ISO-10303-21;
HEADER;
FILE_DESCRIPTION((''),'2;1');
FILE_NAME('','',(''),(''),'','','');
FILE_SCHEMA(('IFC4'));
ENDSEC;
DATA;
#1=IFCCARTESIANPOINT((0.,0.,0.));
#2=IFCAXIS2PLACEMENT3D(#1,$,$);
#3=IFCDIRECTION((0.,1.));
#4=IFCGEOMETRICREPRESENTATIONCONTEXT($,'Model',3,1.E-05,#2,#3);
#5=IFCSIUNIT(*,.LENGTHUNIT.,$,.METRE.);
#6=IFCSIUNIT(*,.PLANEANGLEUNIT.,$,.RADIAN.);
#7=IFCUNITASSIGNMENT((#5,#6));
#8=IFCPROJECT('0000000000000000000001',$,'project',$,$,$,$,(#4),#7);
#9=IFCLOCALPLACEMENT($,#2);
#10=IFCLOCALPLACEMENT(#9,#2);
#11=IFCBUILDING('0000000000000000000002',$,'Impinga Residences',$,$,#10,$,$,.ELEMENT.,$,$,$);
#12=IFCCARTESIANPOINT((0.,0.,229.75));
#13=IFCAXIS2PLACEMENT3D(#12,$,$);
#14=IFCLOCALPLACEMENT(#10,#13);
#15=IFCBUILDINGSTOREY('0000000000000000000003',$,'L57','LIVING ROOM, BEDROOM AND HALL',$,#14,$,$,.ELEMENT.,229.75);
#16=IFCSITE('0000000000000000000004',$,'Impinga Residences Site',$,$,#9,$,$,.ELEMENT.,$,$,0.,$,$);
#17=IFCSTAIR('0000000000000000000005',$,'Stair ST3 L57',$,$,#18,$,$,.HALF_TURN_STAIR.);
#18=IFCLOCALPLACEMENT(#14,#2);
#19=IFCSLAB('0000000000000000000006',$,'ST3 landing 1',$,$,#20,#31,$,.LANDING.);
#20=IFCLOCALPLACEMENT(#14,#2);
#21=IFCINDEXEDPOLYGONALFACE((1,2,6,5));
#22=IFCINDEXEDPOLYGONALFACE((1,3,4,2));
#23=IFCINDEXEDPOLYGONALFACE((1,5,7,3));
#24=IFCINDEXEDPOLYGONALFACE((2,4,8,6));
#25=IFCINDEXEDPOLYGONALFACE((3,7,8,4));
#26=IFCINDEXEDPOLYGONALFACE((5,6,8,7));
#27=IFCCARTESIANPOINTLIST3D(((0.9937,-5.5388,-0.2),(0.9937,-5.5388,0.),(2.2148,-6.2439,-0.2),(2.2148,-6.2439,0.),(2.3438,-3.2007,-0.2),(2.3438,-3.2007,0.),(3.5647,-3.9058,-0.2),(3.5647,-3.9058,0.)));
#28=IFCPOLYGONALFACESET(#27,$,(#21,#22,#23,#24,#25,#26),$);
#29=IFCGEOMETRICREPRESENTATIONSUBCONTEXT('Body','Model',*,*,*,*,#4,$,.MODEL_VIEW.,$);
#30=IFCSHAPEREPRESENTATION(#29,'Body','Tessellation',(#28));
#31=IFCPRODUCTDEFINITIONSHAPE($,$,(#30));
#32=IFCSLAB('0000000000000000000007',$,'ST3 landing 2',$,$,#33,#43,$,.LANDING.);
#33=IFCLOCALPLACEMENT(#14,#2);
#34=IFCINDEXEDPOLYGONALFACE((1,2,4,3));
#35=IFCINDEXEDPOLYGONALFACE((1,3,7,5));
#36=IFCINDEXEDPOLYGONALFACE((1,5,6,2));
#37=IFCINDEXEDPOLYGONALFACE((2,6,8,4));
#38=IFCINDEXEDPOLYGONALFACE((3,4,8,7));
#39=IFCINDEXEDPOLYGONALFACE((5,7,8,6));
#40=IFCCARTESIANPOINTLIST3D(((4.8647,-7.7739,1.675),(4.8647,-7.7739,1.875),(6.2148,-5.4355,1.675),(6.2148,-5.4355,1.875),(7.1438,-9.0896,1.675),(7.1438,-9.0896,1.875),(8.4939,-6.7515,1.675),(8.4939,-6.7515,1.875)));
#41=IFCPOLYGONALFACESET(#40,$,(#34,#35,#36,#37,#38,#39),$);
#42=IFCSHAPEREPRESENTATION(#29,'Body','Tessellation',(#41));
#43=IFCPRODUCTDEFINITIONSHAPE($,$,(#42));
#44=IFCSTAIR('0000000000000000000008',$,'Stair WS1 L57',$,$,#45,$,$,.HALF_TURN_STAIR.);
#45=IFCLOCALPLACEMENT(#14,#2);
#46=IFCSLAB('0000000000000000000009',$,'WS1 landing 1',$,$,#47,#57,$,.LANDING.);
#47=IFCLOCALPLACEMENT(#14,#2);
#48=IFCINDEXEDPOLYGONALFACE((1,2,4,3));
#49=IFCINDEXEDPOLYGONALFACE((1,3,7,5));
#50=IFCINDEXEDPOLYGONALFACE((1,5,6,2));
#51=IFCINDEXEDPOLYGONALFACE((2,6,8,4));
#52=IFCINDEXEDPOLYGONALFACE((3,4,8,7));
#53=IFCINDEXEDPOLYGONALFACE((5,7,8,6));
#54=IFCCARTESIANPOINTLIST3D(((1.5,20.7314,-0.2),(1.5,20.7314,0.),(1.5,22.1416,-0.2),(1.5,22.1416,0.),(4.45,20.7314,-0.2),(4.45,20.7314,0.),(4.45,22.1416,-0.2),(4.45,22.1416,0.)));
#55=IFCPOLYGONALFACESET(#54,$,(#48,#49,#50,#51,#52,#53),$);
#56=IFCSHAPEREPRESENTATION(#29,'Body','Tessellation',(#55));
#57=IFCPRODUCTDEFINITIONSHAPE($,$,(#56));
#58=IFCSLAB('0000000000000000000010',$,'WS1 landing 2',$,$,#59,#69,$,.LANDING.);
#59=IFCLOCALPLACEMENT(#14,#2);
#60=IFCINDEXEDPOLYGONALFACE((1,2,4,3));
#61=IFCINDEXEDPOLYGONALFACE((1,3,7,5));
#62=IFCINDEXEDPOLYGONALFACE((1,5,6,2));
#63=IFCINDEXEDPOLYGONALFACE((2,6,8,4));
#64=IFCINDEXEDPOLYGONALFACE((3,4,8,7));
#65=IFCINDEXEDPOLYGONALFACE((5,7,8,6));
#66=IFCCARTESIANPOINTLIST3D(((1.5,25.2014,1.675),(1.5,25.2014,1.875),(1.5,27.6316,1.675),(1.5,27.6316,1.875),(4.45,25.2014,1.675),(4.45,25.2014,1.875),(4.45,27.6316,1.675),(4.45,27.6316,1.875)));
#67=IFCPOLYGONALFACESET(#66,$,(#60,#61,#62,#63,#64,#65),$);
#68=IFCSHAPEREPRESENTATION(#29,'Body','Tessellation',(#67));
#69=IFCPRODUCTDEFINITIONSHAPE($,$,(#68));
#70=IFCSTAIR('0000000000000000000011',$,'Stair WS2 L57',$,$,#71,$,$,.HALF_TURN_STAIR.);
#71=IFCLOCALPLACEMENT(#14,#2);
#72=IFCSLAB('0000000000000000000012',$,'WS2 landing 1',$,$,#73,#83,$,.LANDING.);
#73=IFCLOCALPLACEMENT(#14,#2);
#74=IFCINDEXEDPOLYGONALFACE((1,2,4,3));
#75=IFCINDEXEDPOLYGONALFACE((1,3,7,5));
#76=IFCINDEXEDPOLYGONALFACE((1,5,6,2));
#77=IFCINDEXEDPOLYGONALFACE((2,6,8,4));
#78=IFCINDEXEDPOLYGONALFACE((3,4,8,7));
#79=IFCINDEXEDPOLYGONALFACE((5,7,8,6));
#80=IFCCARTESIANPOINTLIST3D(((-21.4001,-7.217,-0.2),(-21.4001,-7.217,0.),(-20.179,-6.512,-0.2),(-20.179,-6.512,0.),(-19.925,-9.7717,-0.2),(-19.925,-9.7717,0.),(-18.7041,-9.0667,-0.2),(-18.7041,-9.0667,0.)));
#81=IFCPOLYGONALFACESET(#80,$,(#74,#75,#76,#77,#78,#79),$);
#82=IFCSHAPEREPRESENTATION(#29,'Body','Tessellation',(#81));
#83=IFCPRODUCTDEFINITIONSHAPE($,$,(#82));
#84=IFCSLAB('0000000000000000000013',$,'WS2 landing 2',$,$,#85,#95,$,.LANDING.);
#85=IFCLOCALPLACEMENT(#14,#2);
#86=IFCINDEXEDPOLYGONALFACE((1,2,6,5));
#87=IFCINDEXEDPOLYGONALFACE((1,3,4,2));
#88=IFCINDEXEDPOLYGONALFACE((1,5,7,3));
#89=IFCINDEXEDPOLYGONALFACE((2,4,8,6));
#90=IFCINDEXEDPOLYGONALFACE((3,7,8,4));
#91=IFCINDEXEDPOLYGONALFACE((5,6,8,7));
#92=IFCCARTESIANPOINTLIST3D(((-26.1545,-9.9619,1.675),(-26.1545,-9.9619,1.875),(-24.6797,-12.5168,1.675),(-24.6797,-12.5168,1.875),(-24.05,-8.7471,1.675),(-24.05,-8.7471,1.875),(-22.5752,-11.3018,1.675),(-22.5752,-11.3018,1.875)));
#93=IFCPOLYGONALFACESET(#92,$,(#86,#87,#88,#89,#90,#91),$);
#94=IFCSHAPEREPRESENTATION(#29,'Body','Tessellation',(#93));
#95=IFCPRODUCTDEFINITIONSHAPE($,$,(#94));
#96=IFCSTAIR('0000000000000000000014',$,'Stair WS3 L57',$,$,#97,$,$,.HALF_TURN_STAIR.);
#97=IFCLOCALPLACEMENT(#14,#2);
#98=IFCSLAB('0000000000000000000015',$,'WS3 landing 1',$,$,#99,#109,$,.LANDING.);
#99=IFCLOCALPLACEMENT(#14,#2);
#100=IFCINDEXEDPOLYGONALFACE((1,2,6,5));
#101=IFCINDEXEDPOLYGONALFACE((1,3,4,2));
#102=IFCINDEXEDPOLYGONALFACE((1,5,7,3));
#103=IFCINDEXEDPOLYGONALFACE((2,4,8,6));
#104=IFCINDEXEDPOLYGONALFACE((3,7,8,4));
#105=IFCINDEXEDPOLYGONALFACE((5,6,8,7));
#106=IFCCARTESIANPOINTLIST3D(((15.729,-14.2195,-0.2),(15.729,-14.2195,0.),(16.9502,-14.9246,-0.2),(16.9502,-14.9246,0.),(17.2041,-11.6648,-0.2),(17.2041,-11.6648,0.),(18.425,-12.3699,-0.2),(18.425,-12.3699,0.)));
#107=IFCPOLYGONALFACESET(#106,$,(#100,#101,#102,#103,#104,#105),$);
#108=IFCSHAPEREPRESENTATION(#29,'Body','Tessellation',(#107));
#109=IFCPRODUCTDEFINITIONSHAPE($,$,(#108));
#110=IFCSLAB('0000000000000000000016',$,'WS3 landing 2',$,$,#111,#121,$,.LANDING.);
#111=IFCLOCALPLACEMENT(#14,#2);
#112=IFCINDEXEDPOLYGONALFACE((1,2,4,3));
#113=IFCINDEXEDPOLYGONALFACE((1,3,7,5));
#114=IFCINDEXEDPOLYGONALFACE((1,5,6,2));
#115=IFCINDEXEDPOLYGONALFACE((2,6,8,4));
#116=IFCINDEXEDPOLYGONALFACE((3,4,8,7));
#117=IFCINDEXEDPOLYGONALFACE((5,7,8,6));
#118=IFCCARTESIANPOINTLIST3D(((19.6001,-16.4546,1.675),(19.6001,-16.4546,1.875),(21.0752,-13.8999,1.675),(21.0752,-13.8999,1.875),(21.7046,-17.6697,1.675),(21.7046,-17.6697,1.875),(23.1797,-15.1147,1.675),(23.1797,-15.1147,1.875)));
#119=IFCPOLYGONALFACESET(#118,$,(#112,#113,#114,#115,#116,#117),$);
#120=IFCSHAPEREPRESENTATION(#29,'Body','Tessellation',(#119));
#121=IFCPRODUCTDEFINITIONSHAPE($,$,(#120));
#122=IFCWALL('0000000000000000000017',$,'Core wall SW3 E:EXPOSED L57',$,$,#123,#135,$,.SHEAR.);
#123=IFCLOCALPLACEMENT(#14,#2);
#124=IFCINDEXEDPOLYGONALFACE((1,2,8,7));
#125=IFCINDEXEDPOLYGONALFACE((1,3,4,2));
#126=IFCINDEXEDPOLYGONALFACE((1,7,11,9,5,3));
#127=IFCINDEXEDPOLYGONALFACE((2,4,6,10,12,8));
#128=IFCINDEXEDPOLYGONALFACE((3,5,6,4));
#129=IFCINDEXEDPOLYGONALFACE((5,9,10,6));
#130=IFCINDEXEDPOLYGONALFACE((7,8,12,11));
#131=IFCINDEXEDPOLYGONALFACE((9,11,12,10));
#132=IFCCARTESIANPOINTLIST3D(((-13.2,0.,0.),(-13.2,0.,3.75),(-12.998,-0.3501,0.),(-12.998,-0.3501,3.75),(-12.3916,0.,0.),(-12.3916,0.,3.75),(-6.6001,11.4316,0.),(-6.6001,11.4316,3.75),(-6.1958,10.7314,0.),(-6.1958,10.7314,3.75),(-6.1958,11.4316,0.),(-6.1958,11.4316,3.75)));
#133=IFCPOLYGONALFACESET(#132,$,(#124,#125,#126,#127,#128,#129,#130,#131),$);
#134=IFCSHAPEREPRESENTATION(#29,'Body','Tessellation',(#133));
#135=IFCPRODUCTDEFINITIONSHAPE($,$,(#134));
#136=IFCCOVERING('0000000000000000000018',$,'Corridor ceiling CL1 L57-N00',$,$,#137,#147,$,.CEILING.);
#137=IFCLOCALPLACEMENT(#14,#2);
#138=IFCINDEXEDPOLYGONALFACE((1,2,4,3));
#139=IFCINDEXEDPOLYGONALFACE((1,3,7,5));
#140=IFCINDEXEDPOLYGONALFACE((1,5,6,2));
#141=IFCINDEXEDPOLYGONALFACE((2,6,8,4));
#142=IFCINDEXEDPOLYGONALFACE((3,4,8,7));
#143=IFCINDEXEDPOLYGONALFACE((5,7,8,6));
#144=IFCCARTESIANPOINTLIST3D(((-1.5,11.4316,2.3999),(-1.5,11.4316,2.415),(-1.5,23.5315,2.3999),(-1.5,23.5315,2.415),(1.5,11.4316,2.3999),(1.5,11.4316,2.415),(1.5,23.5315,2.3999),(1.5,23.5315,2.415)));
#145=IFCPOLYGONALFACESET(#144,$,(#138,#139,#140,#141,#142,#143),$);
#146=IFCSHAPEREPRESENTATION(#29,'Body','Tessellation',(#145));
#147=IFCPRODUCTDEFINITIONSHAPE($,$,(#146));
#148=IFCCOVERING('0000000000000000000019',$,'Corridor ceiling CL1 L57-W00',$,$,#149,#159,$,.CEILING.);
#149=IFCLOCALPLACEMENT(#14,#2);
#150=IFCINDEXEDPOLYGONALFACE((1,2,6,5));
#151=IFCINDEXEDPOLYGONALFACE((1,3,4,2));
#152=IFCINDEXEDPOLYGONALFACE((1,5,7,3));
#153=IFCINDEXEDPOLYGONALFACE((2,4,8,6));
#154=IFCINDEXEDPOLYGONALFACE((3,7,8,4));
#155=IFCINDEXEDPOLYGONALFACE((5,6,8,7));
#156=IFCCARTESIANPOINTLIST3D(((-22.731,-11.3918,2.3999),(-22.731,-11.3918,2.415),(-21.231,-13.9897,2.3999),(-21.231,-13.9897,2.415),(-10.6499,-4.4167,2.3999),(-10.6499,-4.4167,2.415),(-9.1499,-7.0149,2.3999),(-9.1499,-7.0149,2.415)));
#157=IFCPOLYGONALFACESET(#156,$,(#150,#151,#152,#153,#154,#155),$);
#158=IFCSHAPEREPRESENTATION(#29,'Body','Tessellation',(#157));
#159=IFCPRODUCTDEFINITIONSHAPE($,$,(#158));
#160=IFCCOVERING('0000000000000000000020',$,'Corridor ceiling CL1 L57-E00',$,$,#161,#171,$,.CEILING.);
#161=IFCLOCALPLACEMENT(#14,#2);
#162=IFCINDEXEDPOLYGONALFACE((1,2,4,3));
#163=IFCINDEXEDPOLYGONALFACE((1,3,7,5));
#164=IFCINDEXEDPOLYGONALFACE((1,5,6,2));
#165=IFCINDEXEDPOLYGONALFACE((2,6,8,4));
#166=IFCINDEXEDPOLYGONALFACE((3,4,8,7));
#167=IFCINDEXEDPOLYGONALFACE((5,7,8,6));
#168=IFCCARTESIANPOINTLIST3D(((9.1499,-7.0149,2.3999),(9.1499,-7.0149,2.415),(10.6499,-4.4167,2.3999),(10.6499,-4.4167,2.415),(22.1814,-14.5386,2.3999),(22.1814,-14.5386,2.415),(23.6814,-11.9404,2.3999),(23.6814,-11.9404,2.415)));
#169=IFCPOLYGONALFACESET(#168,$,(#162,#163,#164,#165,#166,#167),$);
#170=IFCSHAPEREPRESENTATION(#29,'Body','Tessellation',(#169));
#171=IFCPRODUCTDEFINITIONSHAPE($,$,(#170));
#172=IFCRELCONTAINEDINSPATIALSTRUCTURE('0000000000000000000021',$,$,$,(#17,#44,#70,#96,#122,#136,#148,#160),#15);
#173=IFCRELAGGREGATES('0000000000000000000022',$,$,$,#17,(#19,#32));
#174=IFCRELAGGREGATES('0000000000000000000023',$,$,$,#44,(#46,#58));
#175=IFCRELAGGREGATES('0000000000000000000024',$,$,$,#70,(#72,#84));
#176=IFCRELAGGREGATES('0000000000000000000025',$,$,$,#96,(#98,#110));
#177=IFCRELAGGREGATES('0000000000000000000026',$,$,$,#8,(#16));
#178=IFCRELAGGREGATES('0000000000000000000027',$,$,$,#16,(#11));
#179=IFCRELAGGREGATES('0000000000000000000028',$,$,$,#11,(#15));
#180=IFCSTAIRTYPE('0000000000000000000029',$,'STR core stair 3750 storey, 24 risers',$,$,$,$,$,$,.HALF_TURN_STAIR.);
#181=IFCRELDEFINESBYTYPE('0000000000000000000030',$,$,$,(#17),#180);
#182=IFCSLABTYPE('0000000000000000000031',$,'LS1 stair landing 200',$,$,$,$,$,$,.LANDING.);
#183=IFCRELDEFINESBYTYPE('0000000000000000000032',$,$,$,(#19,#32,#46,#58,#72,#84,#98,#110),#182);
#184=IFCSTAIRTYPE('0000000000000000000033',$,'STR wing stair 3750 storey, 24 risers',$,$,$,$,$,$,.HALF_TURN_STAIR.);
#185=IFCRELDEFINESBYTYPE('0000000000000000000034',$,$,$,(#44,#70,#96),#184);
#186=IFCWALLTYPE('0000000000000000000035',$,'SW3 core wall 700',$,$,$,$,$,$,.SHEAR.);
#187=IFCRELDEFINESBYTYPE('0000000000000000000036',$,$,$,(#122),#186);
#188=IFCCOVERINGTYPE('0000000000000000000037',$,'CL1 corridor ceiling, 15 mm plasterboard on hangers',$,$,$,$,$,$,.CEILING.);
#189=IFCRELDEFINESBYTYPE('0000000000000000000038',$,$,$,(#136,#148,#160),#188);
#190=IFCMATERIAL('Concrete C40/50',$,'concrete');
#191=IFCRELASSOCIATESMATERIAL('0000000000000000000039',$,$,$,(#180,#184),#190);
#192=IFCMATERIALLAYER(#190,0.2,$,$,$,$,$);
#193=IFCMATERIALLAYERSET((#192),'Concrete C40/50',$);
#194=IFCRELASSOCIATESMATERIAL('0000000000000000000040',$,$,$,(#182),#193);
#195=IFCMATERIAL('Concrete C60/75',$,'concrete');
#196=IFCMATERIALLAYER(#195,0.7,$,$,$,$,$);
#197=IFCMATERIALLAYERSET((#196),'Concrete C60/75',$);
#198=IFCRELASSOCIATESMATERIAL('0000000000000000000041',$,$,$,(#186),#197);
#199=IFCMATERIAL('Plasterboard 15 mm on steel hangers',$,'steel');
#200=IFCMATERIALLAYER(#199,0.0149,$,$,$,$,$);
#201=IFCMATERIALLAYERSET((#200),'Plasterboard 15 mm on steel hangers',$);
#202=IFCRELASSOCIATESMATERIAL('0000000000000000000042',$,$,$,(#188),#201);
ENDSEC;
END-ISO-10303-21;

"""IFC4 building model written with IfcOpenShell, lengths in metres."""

from ifc_helpers import new_model, si_unit, direction, frame, origin, place, context, subcontext, project, spatial, polyline, outline, extrude, material, layer, layer_set, type_object, element, aggregate, save


model = new_model("IFC4")

# Units and contexts
model_context = context("Model", 3, precision=1e-05, world=origin(), true_north=direction((0.0, 1.0)))
body_context = subcontext(model_context, "Body", "Model", "MODEL_VIEW")
ifc_project = project(units=[si_unit("LENGTHUNIT", "METRE"), si_unit("PLANEANGLEUNIT", "RADIAN")], contexts=[model_context])

# Site, building, storey
site_placement = place(None, origin())
site = spatial("IfcSite", under=ifc_project, at=site_placement, Name="Impinga Residences Site", CompositionType="ELEMENT", RefElevation=0.0)
building_placement = place(site_placement, origin())
building = spatial("IfcBuilding", under=site, at=building_placement, Name="Impinga Residences", CompositionType="ELEMENT")
storey_placement = place(building_placement, frame((0.0, 0.0, 229.75)))
storey = spatial("IfcBuildingStorey", under=building, at=storey_placement, Name="L57", Description="LIVING ROOM, BEDROOM AND HALL", CompositionType="ELEMENT", Elevation=229.75)

# Shared definitions
ifc_material_1 = material(Name="Concrete C60/75", Category="concrete")

# Stairs, slabs
ifc_material_2 = material(Name="Concrete C40/50", Category="concrete")
stair_type_1 = type_object("IfcStairType", Name="STR core stair 3750 storey, 24 risers", PredefinedType="HALF_TURN_STAIR", material=ifc_material_2)
ifc_layer_1 = layer(ifc_material_2, 0.2)
ifc_layer_set_1 = layer_set([ifc_layer_1], Name="Concrete C40/50")
slab_type_1 = type_object("IfcSlabType", Name="LS1 stair landing 200", PredefinedType="LANDING", material=ifc_layer_set_1)
stair_1_placement = place(storey_placement, origin())
stair_1 = element("IfcStair", 1, at=stair_1_placement, inside=storey, type_object=stair_type_1, Name="Stair ST3 L57", PredefinedType="HALF_TURN_STAIR")
slab_1_placement = place(storey_placement, frame((0.0, 0.0, -0.2)))
slab_1 = element("IfcSlab", 2, at=slab_1_placement, type_object=slab_type_1, Name="ST3 landing 1", PredefinedType="LANDING", context=body_context, shape_type="SweptSolid", body=[
    extrude(outline(polyline([(2.3438, -3.2007), (0.9937, -5.5388), (2.2148, -6.2439), (3.5647, -3.9058), (2.3438, -3.2007)])), origin(), (0.0, 0.0, 1.0), 0.2),
])
slab_2_placement = place(storey_placement, frame((0.0, 0.0, 1.675)))
slab_2 = element("IfcSlab", 3, at=slab_2_placement, type_object=slab_type_1, Name="ST3 landing 2", PredefinedType="LANDING", context=body_context, shape_type="SweptSolid", body=[
    extrude(outline(polyline([(6.2148, -5.4355), (4.8647, -7.7739), (7.1438, -9.0896), (8.4939, -6.7515), (6.2148, -5.4355)])), origin(), (0.0, 0.0, 1.0), 0.2),
])
aggregate(stair_1, [slab_1, slab_2])
stair_type_2 = type_object("IfcStairType", Name="STR wing stair 3750 storey, 24 risers", PredefinedType="HALF_TURN_STAIR", material=ifc_material_2)
stair_2_placement = place(storey_placement, origin())
stair_2 = element("IfcStair", 4, at=stair_2_placement, inside=storey, type_object=stair_type_2, Name="Stair WS1 L57", PredefinedType="HALF_TURN_STAIR")
slab_3_placement = place(storey_placement, frame((0.0, 0.0, -0.2)))
slab_3 = element("IfcSlab", 5, at=slab_3_placement, type_object=slab_type_1, Name="WS1 landing 1", PredefinedType="LANDING", context=body_context, shape_type="SweptSolid", body=[
    extrude(outline(polyline([(1.5, 20.7314), (4.45, 20.7314), (4.45, 22.1416), (1.5, 22.1416), (1.5, 20.7314)])), origin(), (0.0, 0.0, 1.0), 0.2),
])
slab_4_placement = place(storey_placement, frame((0.0, 0.0, 1.675)))
slab_4 = element("IfcSlab", 6, at=slab_4_placement, type_object=slab_type_1, Name="WS1 landing 2", PredefinedType="LANDING", context=body_context, shape_type="SweptSolid", body=[
    extrude(outline(polyline([(1.5, 25.2014), (4.45, 25.2014), (4.45, 27.6316), (1.5, 27.6316), (1.5, 25.2014)])), origin(), (0.0, 0.0, 1.0), 0.2),
])
aggregate(stair_2, [slab_3, slab_4])
stair_3_placement = place(storey_placement, origin())
stair_3 = element("IfcStair", 7, at=stair_3_placement, inside=storey, type_object=stair_type_2, Name="Stair WS2 L57", PredefinedType="HALF_TURN_STAIR")
slab_5_placement = place(storey_placement, frame((0.0, 0.0, -0.2)))
slab_5 = element("IfcSlab", 8, at=slab_5_placement, type_object=slab_type_1, Name="WS2 landing 1", PredefinedType="LANDING", context=body_context, shape_type="SweptSolid", body=[
    extrude(outline(polyline([(-18.7041, -9.0667), (-20.179, -6.512), (-21.4001, -7.217), (-19.925, -9.7717), (-18.7041, -9.0667)])), origin(), (0.0, 0.0, 1.0), 0.2),
])
slab_6_placement = place(storey_placement, frame((0.0, 0.0, 1.675)))
slab_6 = element("IfcSlab", 9, at=slab_6_placement, type_object=slab_type_1, Name="WS2 landing 2", PredefinedType="LANDING", context=body_context, shape_type="SweptSolid", body=[
    extrude(outline(polyline([(-22.5752, -11.3018), (-24.05, -8.7471), (-26.1545, -9.9619), (-24.6797, -12.5168), (-22.5752, -11.3018)])), origin(), (0.0, 0.0, 1.0), 0.2),
])
aggregate(stair_3, [slab_5, slab_6])
stair_4_placement = place(storey_placement, origin())
stair_4 = element("IfcStair", 10, at=stair_4_placement, inside=storey, type_object=stair_type_2, Name="Stair WS3 L57", PredefinedType="HALF_TURN_STAIR")
slab_7_placement = place(storey_placement, frame((0.0, 0.0, -0.2)))
slab_7 = element("IfcSlab", 11, at=slab_7_placement, type_object=slab_type_1, Name="WS3 landing 1", PredefinedType="LANDING", context=body_context, shape_type="SweptSolid", body=[
    extrude(outline(polyline([(17.2041, -11.6648), (15.729, -14.2195), (16.9502, -14.9246), (18.425, -12.3699), (17.2041, -11.6648)])), origin(), (0.0, 0.0, 1.0), 0.2),
])
slab_8_placement = place(storey_placement, frame((0.0, 0.0, 1.675)))
slab_8 = element("IfcSlab", 12, at=slab_8_placement, type_object=slab_type_1, Name="WS3 landing 2", PredefinedType="LANDING", context=body_context, shape_type="SweptSolid", body=[
    extrude(outline(polyline([(21.0752, -13.8999), (19.6001, -16.4546), (21.7046, -17.6697), (23.1797, -15.1147), (21.0752, -13.8999)])), origin(), (0.0, 0.0, 1.0), 0.2),
])
aggregate(stair_4, [slab_7, slab_8])

# Wall
ifc_layer_2 = layer(ifc_material_1, 0.7)
ifc_layer_set_2 = layer_set([ifc_layer_2], Name="Concrete C60/75")
wall_type = type_object("IfcWallType", Name="SW3 core wall 700", PredefinedType="SHEAR", material=ifc_layer_set_2)
wall_placement = place(storey_placement, origin())
element("IfcWall", 13, at=wall_placement, inside=storey, type_object=wall_type, Name="Core wall SW3 E:EXPOSED L57", PredefinedType="SHEAR", context=body_context, shape_type="SweptSolid", body=[
    extrude(outline(polyline([(-6.6001, 11.4316), (-13.2, 0.0), (-12.998, -0.3501), (-12.3916, 0.0), (-6.1958, 10.7314), (-6.1958, 11.4316), (-6.6001, 11.4316)])), origin(), (0.0, 0.0, 1.0), 3.75),
])

# Coverings
ifc_material_3 = material(Name="Plasterboard 15 mm on steel hangers", Category="steel")
ifc_layer_3 = layer(ifc_material_3, 0.0149)
ifc_layer_set_3 = layer_set([ifc_layer_3], Name="Plasterboard 15 mm on steel hangers")
covering_type_1 = type_object("IfcCoveringType", Name="CL1 corridor ceiling, 15 mm plasterboard on hangers", PredefinedType="CEILING", material=ifc_layer_set_3)
covering_1_placement = place(storey_placement, frame((0.0, 0.0, 2.3999)))
element("IfcCovering", 14, at=covering_1_placement, inside=storey, type_object=covering_type_1, Name="Corridor ceiling CL1 L57-N00", PredefinedType="CEILING", context=body_context, shape_type="SweptSolid", body=[
    extrude(outline(polyline([(-1.5, 11.4316), (1.5, 11.4316), (1.5, 23.5315), (-1.5, 23.5315), (-1.5, 11.4316)])), origin(), (0.0, 0.0, 1.0), 0.0151),
])
covering_2_placement = place(storey_placement, frame((0.0, 0.0, 2.3999)))
element("IfcCovering", 15, at=covering_2_placement, inside=storey, type_object=covering_type_1, Name="Corridor ceiling CL1 L57-W00", PredefinedType="CEILING", context=body_context, shape_type="SweptSolid", body=[
    extrude(outline(polyline([(-9.1499, -7.0149), (-10.6499, -4.4167), (-22.731, -11.3918), (-21.231, -13.9897), (-9.1499, -7.0149)])), origin(), (0.0, 0.0, 1.0), 0.0151),
])
covering_3_placement = place(storey_placement, frame((0.0, 0.0, 2.3999)))
element("IfcCovering", 16, at=covering_3_placement, inside=storey, type_object=covering_type_1, Name="Corridor ceiling CL1 L57-E00", PredefinedType="CEILING", context=body_context, shape_type="SweptSolid", body=[
    extrude(outline(polyline([(9.1499, -7.0149), (10.6499, -4.4167), (23.6814, -11.9404), (22.1814, -14.5386), (9.1499, -7.0149)])), origin(), (0.0, 0.0, 1.0), 0.0151),
])

save(model, "model.ifc")
